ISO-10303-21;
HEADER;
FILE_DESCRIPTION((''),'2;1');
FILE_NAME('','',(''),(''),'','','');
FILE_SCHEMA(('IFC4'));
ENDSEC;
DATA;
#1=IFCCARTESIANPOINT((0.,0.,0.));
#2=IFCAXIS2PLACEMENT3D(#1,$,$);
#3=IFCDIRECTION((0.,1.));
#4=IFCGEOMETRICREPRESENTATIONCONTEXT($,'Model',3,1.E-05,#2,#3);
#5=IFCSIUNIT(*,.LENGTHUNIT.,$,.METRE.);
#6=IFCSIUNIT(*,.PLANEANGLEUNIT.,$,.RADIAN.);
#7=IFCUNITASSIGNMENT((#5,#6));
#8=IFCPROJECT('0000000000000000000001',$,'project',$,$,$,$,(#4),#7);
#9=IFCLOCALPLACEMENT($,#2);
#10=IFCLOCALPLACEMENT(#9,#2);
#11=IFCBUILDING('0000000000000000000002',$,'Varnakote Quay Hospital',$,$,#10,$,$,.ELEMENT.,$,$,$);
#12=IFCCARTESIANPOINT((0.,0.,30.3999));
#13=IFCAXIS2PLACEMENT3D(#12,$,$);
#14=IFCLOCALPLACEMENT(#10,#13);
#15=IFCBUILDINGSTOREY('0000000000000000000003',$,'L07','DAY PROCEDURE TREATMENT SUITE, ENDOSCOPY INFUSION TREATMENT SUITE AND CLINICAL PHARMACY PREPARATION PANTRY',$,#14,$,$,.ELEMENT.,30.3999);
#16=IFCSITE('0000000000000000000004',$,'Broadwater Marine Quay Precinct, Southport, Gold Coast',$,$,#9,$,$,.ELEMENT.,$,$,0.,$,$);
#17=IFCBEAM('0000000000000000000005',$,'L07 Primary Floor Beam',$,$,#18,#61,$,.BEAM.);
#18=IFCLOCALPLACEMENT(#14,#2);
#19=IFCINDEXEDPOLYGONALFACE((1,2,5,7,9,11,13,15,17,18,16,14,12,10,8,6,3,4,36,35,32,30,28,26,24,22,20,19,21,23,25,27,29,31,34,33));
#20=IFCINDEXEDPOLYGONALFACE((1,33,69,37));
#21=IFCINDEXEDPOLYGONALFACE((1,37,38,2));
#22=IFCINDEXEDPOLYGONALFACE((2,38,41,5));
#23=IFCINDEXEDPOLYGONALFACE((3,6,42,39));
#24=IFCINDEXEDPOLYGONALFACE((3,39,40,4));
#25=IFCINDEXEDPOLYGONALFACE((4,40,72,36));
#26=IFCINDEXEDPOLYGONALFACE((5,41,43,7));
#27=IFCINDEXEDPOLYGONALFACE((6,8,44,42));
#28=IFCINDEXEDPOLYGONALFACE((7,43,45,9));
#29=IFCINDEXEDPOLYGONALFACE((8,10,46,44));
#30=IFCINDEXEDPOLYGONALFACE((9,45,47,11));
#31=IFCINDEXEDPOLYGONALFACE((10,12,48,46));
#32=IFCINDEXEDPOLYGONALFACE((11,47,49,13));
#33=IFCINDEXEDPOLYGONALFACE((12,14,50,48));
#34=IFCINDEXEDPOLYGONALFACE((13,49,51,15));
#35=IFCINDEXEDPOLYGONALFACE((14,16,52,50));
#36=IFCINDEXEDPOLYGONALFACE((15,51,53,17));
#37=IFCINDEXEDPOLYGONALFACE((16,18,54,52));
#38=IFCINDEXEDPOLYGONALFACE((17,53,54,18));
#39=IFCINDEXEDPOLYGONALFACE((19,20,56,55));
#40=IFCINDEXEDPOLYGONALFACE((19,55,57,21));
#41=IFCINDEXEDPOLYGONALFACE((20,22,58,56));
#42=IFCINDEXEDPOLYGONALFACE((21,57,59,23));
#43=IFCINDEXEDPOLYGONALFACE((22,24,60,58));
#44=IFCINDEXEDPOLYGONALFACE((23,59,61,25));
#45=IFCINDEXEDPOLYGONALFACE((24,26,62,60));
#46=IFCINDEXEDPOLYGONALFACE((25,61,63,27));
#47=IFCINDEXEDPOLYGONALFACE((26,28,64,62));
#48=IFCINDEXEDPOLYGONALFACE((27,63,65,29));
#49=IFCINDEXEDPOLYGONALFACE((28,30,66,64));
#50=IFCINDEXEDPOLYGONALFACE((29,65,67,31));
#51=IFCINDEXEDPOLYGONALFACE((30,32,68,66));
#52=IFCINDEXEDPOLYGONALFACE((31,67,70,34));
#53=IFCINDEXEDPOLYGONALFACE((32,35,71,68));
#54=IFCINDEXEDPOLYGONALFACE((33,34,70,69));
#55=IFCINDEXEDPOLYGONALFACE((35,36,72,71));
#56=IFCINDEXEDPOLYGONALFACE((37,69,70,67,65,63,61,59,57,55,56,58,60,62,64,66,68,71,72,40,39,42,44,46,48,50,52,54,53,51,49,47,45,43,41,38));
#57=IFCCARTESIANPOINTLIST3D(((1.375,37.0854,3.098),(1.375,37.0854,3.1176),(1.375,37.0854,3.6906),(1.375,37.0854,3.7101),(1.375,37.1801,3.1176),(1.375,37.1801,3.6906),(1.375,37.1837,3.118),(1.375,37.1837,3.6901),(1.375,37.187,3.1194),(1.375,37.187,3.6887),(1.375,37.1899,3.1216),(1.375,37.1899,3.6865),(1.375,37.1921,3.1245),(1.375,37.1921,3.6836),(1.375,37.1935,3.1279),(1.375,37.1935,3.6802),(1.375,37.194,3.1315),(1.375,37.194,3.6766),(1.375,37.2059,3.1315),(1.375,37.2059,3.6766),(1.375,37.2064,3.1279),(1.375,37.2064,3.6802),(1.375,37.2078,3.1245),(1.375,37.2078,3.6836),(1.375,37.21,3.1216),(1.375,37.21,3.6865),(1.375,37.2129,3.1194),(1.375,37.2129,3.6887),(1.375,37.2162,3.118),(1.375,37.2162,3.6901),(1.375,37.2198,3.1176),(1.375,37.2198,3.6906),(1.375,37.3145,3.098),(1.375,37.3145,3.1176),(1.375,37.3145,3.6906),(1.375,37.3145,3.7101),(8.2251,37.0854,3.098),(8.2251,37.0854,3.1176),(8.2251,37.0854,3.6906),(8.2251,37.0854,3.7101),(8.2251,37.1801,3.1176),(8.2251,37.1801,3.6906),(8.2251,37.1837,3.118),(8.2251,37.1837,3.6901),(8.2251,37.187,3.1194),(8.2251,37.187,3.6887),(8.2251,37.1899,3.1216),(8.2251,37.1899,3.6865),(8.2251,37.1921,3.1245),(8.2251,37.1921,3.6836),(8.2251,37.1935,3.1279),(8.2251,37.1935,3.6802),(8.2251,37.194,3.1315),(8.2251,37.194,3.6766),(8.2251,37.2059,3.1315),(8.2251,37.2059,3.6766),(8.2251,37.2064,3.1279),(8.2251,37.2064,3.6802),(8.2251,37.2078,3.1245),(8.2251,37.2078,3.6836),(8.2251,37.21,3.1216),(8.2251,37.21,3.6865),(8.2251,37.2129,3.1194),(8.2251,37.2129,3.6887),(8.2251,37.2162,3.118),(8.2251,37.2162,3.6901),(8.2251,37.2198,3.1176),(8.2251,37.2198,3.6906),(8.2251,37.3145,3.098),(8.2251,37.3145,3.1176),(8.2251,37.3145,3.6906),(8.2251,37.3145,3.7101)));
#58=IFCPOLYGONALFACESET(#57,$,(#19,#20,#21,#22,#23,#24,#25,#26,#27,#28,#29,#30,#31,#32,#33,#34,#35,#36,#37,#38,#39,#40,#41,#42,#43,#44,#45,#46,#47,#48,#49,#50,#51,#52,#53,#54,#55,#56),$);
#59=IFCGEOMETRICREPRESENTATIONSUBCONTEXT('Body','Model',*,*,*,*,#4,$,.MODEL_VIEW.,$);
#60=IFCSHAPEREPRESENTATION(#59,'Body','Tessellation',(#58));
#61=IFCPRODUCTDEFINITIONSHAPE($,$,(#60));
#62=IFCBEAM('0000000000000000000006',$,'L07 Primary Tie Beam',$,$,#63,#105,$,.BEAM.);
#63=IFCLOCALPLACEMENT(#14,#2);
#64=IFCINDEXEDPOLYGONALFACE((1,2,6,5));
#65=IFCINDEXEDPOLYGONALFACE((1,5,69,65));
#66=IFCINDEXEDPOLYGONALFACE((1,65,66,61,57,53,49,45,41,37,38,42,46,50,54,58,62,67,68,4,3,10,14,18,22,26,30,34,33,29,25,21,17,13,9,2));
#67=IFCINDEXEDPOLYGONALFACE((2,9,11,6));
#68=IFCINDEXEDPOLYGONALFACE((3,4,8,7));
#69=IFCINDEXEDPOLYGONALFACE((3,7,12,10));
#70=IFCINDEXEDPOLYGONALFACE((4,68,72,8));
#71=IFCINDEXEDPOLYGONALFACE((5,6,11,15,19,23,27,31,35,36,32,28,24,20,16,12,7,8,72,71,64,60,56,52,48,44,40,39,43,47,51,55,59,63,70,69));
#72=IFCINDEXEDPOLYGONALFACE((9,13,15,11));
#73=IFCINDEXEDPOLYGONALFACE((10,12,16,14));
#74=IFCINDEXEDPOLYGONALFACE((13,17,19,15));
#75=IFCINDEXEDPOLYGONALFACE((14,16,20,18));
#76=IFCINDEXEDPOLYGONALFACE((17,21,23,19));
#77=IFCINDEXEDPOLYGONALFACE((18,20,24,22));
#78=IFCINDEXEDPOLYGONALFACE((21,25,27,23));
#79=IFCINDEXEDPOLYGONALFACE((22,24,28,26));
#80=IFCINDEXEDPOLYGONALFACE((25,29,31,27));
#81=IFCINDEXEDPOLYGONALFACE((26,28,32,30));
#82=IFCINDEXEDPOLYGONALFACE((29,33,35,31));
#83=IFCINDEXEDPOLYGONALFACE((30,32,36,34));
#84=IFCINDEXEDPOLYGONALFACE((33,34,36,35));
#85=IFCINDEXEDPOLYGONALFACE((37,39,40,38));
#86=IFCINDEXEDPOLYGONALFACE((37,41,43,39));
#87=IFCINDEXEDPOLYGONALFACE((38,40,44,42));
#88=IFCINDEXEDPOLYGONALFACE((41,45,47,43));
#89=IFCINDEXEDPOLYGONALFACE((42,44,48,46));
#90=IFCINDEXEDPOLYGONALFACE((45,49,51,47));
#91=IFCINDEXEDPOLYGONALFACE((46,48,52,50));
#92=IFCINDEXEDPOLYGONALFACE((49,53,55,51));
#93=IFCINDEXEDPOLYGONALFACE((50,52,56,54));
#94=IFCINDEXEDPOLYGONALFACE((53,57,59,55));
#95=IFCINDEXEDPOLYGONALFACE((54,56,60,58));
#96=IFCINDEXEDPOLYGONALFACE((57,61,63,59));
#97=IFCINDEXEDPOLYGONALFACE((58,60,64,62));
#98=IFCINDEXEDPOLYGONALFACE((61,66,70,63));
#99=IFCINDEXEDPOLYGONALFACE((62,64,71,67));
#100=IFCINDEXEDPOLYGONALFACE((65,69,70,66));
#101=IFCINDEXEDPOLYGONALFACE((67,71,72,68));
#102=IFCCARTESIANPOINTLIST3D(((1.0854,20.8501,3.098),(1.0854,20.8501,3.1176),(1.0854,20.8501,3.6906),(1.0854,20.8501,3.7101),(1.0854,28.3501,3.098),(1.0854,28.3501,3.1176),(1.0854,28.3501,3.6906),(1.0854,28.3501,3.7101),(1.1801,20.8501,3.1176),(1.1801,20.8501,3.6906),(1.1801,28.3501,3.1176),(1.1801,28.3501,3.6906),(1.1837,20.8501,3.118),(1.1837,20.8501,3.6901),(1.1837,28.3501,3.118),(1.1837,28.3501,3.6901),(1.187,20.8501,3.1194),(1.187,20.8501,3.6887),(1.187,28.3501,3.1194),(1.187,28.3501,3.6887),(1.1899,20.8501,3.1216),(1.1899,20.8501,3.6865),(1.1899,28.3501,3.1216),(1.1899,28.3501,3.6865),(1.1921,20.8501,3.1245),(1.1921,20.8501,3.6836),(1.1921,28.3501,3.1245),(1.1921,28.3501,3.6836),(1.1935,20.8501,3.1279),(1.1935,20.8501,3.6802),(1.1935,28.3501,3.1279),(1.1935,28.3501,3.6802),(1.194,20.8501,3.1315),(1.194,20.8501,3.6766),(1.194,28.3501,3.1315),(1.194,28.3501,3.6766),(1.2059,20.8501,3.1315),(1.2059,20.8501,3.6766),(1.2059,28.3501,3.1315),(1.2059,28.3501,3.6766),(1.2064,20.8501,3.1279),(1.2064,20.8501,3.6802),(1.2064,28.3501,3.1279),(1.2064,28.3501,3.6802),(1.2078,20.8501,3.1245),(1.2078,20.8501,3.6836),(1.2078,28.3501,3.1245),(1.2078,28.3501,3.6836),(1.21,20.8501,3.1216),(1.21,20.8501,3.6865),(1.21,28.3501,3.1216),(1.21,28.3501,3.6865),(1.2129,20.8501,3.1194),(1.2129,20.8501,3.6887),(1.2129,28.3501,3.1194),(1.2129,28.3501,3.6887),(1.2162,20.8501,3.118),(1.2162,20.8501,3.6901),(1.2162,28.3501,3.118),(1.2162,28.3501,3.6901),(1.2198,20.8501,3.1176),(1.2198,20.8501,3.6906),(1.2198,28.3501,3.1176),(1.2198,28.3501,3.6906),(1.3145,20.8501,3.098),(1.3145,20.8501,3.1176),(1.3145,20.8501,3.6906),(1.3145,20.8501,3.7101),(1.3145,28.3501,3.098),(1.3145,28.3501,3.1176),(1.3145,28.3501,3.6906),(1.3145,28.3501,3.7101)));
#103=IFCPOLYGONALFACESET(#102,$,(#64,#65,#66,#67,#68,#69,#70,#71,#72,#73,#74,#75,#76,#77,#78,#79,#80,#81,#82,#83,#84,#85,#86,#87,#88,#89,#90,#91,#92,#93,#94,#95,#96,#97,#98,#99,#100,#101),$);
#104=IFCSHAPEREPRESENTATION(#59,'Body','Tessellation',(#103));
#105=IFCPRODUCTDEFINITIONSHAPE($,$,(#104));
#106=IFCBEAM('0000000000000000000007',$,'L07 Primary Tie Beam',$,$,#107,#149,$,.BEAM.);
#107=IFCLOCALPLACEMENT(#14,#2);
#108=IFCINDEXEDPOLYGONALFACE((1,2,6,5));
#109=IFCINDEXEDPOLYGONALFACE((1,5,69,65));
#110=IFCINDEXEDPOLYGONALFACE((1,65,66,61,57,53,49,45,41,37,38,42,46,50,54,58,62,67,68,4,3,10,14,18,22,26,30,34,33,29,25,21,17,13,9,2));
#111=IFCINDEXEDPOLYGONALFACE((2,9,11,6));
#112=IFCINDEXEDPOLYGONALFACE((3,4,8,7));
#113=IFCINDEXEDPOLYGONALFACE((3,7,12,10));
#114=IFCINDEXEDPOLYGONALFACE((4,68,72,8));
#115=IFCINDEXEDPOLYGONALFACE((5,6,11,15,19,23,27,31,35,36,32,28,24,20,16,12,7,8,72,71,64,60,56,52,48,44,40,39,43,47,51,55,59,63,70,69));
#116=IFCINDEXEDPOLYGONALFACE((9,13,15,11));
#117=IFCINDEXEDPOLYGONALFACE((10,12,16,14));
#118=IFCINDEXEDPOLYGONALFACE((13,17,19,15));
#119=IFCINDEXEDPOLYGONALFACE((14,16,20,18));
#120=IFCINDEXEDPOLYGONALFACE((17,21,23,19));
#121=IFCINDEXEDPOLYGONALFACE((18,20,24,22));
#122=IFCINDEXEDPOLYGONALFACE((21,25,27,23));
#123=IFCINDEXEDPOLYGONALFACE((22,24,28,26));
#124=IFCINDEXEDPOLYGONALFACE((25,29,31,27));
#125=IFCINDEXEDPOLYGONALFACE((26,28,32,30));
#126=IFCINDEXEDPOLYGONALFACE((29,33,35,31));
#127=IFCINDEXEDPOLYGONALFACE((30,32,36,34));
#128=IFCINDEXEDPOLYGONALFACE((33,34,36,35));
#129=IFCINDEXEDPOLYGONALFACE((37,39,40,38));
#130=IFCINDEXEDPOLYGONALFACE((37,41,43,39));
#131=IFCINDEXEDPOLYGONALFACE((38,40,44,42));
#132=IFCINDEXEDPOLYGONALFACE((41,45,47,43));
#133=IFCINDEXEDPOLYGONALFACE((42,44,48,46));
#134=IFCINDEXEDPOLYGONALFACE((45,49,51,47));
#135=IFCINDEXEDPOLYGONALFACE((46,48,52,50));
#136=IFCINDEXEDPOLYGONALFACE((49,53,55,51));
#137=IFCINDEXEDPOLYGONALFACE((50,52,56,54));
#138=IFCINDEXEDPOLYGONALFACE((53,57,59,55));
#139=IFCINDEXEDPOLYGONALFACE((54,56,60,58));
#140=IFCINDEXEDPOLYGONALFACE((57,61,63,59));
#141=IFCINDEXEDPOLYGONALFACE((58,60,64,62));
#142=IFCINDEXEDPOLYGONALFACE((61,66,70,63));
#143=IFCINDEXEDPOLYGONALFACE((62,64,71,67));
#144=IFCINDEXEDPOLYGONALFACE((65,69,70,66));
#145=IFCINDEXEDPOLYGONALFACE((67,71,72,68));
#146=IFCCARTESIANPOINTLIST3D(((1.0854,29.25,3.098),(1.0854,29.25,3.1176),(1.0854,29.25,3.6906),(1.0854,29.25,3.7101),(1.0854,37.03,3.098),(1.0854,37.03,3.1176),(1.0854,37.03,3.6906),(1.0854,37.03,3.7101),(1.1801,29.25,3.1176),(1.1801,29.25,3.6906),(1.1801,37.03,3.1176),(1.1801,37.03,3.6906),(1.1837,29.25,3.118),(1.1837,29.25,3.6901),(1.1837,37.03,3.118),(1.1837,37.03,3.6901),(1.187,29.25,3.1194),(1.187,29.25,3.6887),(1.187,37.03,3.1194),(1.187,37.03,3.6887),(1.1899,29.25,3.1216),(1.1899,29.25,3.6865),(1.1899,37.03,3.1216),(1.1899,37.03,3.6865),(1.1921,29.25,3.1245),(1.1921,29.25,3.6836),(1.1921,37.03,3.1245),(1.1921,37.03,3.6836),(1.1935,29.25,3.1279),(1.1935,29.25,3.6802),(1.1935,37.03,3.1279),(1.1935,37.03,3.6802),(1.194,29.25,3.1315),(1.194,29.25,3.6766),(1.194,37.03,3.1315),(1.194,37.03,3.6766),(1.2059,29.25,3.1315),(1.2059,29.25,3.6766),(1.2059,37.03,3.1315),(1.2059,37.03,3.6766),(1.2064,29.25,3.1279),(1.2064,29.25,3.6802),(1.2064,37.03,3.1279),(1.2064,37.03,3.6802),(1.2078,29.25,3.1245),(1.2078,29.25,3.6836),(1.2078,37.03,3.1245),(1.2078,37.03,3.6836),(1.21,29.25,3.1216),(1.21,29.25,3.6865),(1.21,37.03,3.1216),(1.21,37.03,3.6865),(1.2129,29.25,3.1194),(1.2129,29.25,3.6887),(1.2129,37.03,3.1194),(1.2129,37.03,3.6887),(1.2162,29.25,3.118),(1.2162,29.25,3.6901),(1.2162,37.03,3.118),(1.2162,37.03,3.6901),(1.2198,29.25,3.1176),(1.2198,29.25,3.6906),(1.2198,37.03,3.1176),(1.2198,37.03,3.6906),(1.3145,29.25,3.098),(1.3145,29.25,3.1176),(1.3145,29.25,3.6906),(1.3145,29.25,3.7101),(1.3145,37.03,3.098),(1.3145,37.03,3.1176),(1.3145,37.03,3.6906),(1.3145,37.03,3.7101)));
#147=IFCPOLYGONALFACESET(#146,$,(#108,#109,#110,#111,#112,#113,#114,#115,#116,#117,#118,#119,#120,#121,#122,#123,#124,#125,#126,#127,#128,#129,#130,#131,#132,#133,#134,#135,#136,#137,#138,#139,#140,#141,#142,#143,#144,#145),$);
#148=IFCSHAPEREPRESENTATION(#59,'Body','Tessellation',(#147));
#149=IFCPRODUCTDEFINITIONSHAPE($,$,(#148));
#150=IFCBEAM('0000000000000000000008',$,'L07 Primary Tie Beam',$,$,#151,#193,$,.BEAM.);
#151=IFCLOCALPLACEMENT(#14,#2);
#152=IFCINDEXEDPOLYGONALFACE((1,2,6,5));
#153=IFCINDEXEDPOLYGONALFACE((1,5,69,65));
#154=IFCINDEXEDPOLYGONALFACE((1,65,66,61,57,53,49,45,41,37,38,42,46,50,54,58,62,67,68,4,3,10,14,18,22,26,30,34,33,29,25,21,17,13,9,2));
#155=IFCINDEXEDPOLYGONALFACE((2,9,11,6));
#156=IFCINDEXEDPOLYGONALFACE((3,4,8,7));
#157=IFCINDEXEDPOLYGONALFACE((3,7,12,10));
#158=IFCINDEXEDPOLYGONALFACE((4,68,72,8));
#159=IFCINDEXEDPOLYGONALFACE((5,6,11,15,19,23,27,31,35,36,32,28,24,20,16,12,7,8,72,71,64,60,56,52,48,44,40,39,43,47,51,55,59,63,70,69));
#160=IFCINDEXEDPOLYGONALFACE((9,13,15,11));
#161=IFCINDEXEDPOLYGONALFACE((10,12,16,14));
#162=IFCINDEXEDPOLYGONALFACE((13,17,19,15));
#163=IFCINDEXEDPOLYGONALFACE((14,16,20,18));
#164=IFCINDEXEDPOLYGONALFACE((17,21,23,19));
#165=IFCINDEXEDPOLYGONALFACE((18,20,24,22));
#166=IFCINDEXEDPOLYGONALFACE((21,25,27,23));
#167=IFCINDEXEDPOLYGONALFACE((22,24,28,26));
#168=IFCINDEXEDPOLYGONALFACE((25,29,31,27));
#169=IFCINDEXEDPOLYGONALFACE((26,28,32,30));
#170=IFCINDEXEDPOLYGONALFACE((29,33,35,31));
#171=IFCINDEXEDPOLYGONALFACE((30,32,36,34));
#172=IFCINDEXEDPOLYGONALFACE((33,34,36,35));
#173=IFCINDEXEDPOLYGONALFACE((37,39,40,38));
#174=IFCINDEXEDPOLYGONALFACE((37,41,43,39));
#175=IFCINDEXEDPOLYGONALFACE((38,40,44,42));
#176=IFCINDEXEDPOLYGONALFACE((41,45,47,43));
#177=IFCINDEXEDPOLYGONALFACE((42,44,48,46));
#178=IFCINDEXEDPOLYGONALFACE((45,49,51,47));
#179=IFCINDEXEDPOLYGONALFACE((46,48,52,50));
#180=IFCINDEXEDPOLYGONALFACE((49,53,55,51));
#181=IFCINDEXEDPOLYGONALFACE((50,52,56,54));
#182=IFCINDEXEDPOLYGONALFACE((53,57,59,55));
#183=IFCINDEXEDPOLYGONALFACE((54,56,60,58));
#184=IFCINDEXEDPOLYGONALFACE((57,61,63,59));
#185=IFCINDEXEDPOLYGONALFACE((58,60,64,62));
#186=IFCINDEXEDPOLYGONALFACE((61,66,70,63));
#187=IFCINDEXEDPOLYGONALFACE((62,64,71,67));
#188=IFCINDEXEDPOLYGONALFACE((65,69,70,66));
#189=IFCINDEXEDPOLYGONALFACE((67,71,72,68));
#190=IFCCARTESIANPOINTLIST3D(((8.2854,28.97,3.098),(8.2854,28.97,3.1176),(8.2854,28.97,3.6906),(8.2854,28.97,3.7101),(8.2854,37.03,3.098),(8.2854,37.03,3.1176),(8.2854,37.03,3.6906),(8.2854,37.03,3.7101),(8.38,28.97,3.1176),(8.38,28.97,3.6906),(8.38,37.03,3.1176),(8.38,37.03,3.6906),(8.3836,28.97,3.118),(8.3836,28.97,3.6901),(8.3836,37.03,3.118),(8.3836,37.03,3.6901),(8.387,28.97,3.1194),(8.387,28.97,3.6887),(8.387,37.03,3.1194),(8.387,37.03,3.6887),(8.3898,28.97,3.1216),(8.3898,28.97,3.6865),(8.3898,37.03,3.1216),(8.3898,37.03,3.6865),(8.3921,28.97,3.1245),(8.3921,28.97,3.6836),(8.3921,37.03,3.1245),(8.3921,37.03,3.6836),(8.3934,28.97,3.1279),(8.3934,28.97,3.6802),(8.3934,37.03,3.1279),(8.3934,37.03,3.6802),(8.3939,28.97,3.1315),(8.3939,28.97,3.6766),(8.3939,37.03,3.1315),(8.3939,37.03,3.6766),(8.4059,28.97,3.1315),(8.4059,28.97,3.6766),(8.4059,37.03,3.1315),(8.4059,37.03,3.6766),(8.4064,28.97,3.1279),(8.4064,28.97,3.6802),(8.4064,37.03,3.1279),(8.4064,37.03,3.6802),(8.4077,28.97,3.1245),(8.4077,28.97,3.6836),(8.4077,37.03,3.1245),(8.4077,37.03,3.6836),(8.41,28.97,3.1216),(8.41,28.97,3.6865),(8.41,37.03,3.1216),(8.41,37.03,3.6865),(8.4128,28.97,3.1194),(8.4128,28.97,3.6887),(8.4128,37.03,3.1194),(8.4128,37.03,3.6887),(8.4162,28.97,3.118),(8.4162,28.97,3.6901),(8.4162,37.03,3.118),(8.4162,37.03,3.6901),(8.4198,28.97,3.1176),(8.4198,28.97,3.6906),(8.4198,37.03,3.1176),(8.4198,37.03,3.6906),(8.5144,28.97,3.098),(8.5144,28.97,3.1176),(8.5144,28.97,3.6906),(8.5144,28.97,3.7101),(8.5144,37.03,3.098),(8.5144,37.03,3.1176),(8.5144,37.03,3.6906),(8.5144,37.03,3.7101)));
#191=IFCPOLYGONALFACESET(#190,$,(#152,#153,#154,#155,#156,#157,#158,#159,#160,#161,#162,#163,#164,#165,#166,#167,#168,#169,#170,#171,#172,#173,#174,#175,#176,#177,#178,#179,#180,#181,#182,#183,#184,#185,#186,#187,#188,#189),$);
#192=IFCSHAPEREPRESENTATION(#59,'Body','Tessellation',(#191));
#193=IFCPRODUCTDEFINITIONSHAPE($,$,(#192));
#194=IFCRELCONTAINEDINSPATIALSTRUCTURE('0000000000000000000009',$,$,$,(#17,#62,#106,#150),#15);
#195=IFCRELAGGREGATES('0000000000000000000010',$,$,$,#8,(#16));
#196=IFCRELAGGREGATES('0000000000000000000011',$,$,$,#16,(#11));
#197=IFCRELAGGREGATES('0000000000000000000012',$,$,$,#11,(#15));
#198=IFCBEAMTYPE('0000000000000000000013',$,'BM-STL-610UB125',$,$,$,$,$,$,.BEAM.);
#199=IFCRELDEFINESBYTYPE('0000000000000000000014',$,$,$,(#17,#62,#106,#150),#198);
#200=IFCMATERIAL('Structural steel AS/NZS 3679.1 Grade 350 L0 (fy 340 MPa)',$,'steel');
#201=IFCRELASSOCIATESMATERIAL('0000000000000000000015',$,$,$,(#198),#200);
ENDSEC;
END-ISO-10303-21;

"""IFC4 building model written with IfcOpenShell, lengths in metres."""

from ifc_helpers import new_model, si_unit, direction, frame, origin, origin_2d, place, context, subcontext, project, spatial, i_section, extrude, material, material_profile, profile_set, type_object, element, save


model = new_model("IFC4")

# Units and contexts
model_context = context("Model", 3, precision=1e-05, world=origin(), true_north=direction((0.0, 1.0)))
body_context = subcontext(model_context, "Body", "Model", "MODEL_VIEW")
ifc_project = project(units=[si_unit("LENGTHUNIT", "METRE"), si_unit("PLANEANGLEUNIT", "RADIAN")], contexts=[model_context])

# Site, building, storey
site_placement = place(None, origin())
site = spatial("IfcSite", under=ifc_project, at=site_placement, Name="Broadwater Marine Quay Precinct, Southport, Gold Coast", CompositionType="ELEMENT", RefElevation=0.0)
building_placement = place(site_placement, origin())
building = spatial("IfcBuilding", under=site, at=building_placement, Name="Varnakote Quay Hospital", CompositionType="ELEMENT")
storey_placement = place(building_placement, frame((0.0, 0.0, 30.3999)))
storey = spatial("IfcBuildingStorey", under=building, at=storey_placement, Name="L07", Description="DAY PROCEDURE TREATMENT SUITE, ENDOSCOPY INFUSION TREATMENT SUITE AND CLINICAL PHARMACY PREPARATION PANTRY", CompositionType="ELEMENT", Elevation=30.3999)

# Beams
ifc_material_1 = material(Name="Structural steel AS/NZS 3679.1 Grade 350 L0 (fy 340 MPa)", Category="steel")
ifc_material_profile_1 = material_profile(ifc_material_1, i_section(OverallWidth=0.229, OverallDepth=0.6121, WebThickness=0.012, FlangeThickness=0.0195, FilletRadius=0.0139, at=origin_2d()), Name="610UB125")
ifc_profile_set_1 = profile_set([ifc_material_profile_1], Name="Structural steel AS/NZS 3679.1 Grade 350 L0 (fy 340 MPa)")
beam_type_1 = type_object("IfcBeamType", Name="BM-STL-610UB125", PredefinedType="BEAM", material=ifc_profile_set_1)
beam_1_placement = place(storey_placement, frame((1.375, 37.2, 3.4041), z_axis=(1.0, 0.0, 0.0), x_axis=(0.0, 1.0, 0.0)))
element("IfcBeam", 1, at=beam_1_placement, inside=storey, type_object=beam_type_1, Name="L07 Primary Floor Beam", PredefinedType="BEAM", context=body_context, shape_type="SweptSolid", body=[
    extrude(i_section(OverallWidth=0.229, OverallDepth=0.6121, WebThickness=0.012, FlangeThickness=0.0195, FilletRadius=0.0139, at=origin_2d()), origin(), (0.0, 0.0, 1.0), 6.8501),
])
beam_2_placement = place(storey_placement, frame((1.2, 20.8501, 3.4041), z_axis=(0.0, 1.0, 0.0), x_axis=(-1.0, 0.0, 0.0)))
element("IfcBeam", 2, at=beam_2_placement, inside=storey, type_object=beam_type_1, Name="L07 Primary Tie Beam", PredefinedType="BEAM", context=body_context, shape_type="SweptSolid", body=[
    extrude(i_section(OverallWidth=0.229, OverallDepth=0.6121, WebThickness=0.012, FlangeThickness=0.0195, FilletRadius=0.0139, at=origin_2d()), origin(), (0.0, 0.0, 1.0), 7.5),
])
beam_3_placement = place(storey_placement, frame((1.2, 29.25, 3.4041), z_axis=(0.0, 1.0, 0.0), x_axis=(-1.0, 0.0, 0.0)))
element("IfcBeam", 3, at=beam_3_placement, inside=storey, type_object=beam_type_1, Name="L07 Primary Tie Beam", PredefinedType="BEAM", context=body_context, shape_type="SweptSolid", body=[
    extrude(i_section(OverallWidth=0.229, OverallDepth=0.6121, WebThickness=0.012, FlangeThickness=0.0195, FilletRadius=0.0139, at=origin_2d()), origin(), (0.0, 0.0, 1.0), 7.78),
])
beam_4_placement = place(storey_placement, frame((8.3999, 28.97, 3.4041), z_axis=(0.0, 1.0, 0.0), x_axis=(-1.0, 0.0, 0.0)))
element("IfcBeam", 4, at=beam_4_placement, inside=storey, type_object=beam_type_1, Name="L07 Primary Tie Beam", PredefinedType="BEAM", context=body_context, shape_type="SweptSolid", body=[
    extrude(i_section(OverallWidth=0.229, OverallDepth=0.6121, WebThickness=0.012, FlangeThickness=0.0195, FilletRadius=0.0139, at=origin_2d()), origin(), (0.0, 0.0, 1.0), 8.0601),
])

save(model, "model.ifc")
